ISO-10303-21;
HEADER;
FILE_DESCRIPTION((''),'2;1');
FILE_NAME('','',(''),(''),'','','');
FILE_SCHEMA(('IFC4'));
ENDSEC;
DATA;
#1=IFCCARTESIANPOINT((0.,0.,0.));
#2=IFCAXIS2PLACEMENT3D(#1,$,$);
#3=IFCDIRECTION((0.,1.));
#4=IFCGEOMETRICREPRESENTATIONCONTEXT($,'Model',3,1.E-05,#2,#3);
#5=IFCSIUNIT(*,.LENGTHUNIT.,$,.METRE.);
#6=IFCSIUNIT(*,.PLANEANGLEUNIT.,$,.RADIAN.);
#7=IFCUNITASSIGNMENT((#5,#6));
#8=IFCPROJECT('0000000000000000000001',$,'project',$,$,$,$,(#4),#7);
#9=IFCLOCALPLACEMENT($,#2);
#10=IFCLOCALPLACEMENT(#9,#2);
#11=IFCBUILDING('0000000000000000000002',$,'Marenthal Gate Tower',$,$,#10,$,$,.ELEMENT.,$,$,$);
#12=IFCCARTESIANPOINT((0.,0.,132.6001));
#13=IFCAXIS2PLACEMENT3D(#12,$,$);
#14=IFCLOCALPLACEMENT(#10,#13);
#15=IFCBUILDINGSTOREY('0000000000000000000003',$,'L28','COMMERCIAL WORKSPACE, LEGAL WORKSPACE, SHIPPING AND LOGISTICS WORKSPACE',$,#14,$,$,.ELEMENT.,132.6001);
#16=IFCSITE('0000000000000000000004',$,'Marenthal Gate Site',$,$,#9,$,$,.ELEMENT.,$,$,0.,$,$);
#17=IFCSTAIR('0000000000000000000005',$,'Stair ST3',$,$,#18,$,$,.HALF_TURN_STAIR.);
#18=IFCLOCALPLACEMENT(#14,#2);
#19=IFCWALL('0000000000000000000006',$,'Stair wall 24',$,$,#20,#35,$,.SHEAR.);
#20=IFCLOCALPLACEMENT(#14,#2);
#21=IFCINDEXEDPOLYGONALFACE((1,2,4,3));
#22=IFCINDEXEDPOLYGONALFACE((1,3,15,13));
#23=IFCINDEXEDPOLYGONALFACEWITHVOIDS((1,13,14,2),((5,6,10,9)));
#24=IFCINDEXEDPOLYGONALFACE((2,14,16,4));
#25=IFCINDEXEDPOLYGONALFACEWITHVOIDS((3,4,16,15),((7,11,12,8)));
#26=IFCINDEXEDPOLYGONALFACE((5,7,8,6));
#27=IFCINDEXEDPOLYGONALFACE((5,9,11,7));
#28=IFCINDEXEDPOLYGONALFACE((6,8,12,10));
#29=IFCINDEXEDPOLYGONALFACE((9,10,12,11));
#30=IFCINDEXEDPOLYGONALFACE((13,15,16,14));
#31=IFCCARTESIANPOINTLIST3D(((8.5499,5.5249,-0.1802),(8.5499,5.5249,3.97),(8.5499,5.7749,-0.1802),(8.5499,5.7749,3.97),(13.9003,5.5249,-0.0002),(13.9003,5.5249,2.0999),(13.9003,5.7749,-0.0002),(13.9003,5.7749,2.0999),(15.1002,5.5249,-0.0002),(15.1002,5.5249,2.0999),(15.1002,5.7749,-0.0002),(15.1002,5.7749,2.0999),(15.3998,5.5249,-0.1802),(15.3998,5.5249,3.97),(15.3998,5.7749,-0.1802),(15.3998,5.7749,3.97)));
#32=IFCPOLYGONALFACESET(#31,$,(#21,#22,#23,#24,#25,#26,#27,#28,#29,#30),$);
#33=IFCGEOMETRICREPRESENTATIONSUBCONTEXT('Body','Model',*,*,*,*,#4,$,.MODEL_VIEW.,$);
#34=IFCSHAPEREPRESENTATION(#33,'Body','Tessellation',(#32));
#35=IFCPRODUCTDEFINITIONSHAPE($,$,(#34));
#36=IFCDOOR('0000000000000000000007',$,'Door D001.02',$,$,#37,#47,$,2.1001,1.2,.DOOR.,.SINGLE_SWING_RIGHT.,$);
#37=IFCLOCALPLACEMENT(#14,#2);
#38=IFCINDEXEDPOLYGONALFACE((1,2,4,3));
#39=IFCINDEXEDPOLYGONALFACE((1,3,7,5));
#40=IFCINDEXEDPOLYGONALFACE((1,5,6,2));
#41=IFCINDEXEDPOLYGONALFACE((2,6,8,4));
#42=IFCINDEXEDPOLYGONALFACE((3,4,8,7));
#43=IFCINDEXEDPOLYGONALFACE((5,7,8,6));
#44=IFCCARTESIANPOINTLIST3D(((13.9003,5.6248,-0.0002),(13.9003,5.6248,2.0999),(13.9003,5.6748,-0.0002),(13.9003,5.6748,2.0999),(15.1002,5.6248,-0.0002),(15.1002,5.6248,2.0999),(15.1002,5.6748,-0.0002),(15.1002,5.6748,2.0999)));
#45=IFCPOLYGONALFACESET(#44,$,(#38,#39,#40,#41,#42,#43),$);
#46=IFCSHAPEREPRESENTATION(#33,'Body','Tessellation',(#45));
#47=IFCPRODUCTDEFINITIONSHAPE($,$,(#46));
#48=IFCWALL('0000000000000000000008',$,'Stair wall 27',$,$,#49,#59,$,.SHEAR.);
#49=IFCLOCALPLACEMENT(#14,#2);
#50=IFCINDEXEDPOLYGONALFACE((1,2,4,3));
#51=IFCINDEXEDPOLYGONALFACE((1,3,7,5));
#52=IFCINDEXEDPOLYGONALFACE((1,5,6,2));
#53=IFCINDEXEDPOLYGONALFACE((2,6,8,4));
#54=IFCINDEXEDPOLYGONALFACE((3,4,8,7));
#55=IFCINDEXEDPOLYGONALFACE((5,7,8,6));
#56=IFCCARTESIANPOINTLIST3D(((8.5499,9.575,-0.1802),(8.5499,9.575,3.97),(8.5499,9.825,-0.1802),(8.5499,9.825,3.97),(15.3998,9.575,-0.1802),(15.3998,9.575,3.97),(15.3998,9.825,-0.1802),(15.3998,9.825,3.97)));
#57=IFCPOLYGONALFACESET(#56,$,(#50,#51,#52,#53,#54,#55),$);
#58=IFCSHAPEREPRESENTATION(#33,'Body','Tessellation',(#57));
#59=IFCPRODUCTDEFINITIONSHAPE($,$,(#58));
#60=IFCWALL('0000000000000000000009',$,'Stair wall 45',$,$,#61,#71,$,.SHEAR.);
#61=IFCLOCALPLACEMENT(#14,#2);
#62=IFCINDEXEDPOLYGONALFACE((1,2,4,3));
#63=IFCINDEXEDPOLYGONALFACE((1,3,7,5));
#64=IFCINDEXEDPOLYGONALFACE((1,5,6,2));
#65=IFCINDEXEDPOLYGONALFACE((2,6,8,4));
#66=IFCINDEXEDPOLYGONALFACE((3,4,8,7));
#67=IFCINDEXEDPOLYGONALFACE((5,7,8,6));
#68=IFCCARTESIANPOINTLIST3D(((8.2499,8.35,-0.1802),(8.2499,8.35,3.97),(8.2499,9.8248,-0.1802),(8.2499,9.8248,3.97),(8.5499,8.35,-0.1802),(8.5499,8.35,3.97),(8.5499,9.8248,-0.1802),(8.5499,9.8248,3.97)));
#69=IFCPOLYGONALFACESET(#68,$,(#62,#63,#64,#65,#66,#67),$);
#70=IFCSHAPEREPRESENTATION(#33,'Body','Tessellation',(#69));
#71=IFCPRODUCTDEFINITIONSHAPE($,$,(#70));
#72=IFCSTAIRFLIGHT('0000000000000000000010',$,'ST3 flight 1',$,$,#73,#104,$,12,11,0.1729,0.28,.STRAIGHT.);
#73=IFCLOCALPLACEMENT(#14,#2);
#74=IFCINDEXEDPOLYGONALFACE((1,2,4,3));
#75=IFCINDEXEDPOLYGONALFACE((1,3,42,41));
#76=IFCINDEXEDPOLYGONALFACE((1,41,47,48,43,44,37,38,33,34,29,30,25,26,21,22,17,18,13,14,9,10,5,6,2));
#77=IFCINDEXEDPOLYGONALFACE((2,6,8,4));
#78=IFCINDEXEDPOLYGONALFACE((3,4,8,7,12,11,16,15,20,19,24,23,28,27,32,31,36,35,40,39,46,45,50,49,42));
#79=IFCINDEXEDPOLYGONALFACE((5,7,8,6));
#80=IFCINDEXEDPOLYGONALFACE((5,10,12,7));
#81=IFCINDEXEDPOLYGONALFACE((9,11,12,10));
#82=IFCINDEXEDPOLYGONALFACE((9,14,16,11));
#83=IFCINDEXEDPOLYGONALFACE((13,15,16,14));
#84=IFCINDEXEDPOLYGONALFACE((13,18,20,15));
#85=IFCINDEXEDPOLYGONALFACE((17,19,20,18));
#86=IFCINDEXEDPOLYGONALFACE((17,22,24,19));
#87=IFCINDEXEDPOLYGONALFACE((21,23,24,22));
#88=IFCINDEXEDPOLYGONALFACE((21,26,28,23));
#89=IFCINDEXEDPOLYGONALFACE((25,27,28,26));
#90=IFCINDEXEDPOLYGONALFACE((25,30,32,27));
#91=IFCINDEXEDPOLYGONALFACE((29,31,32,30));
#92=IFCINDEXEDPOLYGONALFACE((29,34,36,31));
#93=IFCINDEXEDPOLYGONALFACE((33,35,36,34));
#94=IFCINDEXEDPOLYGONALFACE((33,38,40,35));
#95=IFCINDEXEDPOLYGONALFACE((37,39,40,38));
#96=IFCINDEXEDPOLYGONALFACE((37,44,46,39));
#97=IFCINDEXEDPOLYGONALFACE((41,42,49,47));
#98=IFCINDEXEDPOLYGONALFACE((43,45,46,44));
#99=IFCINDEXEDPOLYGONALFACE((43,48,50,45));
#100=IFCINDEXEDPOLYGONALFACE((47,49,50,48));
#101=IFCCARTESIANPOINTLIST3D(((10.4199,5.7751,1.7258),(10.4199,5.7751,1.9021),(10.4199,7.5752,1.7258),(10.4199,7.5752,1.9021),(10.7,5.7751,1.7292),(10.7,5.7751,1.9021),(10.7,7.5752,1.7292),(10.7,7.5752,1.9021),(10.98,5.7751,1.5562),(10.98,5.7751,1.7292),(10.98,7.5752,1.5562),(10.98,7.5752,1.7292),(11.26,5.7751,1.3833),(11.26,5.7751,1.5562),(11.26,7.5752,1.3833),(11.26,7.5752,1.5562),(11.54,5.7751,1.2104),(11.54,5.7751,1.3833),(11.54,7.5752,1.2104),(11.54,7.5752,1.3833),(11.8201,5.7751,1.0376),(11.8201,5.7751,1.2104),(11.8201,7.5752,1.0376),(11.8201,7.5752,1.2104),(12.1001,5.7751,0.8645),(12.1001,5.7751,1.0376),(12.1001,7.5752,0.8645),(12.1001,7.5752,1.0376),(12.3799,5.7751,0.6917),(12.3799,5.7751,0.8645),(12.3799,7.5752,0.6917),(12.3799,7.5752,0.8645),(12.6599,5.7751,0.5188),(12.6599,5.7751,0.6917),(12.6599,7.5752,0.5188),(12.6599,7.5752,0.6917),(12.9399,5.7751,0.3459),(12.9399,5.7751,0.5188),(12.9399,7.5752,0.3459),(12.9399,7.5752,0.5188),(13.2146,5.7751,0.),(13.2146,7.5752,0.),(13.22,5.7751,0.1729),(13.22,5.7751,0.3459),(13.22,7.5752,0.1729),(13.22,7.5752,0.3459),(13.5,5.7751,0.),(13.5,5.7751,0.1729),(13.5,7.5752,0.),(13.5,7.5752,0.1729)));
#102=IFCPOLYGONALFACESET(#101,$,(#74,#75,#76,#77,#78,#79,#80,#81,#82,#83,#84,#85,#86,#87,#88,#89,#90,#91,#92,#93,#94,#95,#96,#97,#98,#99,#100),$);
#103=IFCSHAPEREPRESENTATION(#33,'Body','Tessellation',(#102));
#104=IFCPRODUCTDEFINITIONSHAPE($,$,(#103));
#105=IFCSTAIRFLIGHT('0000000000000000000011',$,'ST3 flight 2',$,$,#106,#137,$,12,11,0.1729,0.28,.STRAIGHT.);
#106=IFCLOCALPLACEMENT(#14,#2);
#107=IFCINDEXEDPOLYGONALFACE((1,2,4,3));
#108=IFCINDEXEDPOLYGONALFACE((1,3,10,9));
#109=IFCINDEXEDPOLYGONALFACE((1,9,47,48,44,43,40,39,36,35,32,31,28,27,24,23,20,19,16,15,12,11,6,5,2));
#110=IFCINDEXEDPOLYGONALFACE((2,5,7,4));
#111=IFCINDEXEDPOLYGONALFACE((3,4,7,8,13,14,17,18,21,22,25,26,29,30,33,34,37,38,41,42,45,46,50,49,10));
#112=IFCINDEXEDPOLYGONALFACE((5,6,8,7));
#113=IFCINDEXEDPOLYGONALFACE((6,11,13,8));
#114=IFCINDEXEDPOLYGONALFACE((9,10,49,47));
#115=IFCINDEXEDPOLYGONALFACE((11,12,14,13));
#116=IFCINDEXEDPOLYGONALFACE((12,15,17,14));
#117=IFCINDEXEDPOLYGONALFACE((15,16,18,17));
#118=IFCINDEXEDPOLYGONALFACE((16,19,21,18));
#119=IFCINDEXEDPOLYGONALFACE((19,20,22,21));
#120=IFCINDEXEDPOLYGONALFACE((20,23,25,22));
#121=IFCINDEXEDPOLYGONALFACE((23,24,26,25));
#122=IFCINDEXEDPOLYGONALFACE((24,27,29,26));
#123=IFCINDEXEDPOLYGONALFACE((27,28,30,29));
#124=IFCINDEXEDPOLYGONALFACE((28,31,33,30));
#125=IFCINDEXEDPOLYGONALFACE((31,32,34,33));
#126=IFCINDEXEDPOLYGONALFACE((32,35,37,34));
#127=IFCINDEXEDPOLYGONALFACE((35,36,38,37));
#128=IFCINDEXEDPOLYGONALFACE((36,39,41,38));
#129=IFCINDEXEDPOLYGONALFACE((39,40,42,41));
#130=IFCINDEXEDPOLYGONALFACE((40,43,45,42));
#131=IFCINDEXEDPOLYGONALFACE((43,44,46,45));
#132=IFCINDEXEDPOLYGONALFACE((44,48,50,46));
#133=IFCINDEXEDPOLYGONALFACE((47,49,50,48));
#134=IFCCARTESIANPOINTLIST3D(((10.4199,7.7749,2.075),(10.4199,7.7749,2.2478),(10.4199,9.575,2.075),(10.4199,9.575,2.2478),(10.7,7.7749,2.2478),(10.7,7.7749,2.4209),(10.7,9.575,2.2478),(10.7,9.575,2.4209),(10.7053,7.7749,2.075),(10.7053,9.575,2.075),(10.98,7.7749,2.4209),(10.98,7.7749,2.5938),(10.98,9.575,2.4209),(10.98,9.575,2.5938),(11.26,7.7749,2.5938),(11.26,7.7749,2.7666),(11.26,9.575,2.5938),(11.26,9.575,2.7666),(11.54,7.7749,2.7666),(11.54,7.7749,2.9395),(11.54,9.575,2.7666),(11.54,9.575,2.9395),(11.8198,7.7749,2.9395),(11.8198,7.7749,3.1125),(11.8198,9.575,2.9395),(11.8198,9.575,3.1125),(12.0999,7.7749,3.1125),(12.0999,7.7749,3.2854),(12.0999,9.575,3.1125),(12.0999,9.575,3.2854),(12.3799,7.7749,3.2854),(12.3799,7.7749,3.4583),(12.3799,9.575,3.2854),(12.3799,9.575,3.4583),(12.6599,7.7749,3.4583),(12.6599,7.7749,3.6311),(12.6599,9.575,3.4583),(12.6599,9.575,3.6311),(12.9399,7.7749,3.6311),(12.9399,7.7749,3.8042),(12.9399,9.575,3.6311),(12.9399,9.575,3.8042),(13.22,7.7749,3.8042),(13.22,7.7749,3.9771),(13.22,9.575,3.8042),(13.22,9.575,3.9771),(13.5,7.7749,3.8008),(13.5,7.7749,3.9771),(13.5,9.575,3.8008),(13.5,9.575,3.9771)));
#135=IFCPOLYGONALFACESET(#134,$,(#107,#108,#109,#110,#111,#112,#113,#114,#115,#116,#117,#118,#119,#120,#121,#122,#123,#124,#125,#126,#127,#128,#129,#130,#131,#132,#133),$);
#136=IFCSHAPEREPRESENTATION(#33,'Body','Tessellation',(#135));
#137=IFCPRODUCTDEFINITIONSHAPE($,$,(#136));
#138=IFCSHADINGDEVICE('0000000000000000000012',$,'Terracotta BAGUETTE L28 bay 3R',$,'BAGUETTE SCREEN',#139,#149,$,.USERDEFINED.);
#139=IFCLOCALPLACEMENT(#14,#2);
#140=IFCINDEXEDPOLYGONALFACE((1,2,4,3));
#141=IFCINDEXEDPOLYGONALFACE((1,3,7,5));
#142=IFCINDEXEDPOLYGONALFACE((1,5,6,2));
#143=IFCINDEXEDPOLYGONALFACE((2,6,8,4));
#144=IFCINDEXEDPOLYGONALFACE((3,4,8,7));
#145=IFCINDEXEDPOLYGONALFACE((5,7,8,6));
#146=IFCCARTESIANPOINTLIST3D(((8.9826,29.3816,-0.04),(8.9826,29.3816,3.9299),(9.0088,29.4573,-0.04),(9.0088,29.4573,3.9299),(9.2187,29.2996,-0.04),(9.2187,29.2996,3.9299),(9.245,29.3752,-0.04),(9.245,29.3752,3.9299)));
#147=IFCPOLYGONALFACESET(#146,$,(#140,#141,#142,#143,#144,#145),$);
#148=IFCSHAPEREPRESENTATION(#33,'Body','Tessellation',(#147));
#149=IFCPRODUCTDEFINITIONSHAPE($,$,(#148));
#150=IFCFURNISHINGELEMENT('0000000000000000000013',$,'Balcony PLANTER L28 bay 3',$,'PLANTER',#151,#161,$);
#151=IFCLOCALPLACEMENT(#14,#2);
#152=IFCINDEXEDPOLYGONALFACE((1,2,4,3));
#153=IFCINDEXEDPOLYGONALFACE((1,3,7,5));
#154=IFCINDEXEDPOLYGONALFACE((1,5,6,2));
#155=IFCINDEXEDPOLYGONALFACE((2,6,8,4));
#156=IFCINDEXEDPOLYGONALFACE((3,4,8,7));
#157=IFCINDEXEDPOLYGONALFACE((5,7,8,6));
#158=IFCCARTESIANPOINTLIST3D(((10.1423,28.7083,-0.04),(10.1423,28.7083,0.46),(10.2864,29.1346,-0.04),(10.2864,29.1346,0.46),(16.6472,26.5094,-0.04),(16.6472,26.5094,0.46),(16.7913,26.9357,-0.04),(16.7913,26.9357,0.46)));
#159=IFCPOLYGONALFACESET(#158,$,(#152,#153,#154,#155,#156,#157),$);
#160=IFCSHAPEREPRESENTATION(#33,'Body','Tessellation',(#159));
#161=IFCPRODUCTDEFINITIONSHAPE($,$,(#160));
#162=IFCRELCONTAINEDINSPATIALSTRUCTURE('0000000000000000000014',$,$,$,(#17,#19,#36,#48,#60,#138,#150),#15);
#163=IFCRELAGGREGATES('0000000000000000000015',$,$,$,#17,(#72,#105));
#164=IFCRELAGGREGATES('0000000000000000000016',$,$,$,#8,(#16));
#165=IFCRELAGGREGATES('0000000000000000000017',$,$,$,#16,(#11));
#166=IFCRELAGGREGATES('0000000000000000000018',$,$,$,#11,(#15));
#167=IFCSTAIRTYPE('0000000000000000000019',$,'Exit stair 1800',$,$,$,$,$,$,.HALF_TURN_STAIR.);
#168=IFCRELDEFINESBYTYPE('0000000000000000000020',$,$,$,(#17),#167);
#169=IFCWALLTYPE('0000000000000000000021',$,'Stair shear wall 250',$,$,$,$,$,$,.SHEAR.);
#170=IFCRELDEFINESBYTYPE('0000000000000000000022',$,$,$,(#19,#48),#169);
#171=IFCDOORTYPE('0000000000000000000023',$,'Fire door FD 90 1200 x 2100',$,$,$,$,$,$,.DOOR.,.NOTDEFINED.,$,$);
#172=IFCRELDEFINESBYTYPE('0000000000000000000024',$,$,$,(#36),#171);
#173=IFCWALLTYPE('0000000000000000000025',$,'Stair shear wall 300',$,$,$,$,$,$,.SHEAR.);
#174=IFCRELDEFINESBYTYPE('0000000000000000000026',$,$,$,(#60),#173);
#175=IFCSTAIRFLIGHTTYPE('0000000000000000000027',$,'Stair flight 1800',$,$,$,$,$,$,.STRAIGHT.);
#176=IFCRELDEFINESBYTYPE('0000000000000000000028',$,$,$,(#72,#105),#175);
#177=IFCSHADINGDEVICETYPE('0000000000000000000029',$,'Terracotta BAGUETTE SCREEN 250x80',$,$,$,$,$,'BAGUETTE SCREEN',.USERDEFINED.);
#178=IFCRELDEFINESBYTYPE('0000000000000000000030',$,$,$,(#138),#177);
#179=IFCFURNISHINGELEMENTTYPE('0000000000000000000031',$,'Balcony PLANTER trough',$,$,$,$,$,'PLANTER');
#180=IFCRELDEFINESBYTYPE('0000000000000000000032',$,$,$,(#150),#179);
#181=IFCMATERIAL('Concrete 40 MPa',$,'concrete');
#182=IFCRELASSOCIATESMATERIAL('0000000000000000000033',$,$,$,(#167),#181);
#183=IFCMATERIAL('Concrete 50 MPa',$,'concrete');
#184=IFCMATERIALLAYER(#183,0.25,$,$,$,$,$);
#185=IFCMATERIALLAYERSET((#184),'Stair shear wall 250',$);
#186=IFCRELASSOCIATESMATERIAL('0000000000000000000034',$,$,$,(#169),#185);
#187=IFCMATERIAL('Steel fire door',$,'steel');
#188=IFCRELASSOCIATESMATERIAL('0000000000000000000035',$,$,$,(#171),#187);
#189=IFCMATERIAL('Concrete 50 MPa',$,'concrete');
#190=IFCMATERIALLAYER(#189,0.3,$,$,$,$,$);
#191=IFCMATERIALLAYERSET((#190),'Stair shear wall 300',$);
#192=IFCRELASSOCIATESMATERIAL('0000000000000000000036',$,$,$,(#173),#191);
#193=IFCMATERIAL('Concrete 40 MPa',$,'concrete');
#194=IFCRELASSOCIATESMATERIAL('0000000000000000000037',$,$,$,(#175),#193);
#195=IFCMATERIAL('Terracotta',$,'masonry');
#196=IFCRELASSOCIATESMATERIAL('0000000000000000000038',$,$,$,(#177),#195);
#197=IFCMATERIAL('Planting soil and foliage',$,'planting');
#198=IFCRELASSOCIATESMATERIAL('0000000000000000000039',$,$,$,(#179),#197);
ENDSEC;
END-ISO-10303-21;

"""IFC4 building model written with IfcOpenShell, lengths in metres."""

from ifc_helpers import new_model, si_unit, direction, frame, frame_2d, origin, origin_2d, place, context, subcontext, project, spatial, polyline, rectangle, outline, extrude, material, layer, layer_set, material_profile, profile_set, type_object, element, fill, aggregate, save


model = new_model("IFC4")

# Units and contexts
model_context = context("Model", 3, precision=1e-05, world=origin(), true_north=direction((0.0, 1.0)))
body_context = subcontext(model_context, "Body", "Model", "MODEL_VIEW")
ifc_project = project(units=[si_unit("LENGTHUNIT", "METRE"), si_unit("PLANEANGLEUNIT", "RADIAN")], contexts=[model_context])

# Site, building, storey
site_placement = place(None, origin())
site = spatial("IfcSite", under=ifc_project, at=site_placement, Name="Marenthal Gate Site", CompositionType="ELEMENT", RefElevation=0.0)
building_placement = place(site_placement, origin())
building = spatial("IfcBuilding", under=site, at=building_placement, Name="Marenthal Gate Tower", CompositionType="ELEMENT")
storey_placement = place(building_placement, frame((0.0, 0.0, 132.6001)))
storey = spatial("IfcBuildingStorey", under=building, at=storey_placement, Name="L28", Description="COMMERCIAL WORKSPACE, LEGAL WORKSPACE, SHIPPING AND LOGISTICS WORKSPACE", CompositionType="ELEMENT", Elevation=132.6001)

# Stair
ifc_material_1 = material(Name="Concrete 40 MPa", Category="concrete")
stair_type = type_object("IfcStairType", Name="Exit stair 1800", PredefinedType="HALF_TURN_STAIR", material=ifc_material_1)
stair_1_placement = place(storey_placement, origin())
stair_1 = element("IfcStair", 1, at=stair_1_placement, inside=storey, type_object=stair_type, Name="Stair ST3", PredefinedType="HALF_TURN_STAIR")

# Wall, opening, door
ifc_material_2 = material(Name="Concrete 50 MPa", Category="concrete")
ifc_layer_1 = layer(ifc_material_2, 0.25)
ifc_layer_set_1 = layer_set([ifc_layer_1], Name="Stair shear wall 250")
wall_type_1 = type_object("IfcWallType", Name="Stair shear wall 250", PredefinedType="SHEAR", material=ifc_layer_set_1)
wall_1_placement = place(storey_placement, frame((8.55, 5.6499, -0.1802), z_axis=(0.0, 0.0, 1.0), x_axis=(1.0, 0.0, 0.0)))
wall_1 = element("IfcWall", 2, at=wall_1_placement, inside=storey, type_object=wall_type_1, Name="Stair wall 24", PredefinedType="SHEAR", context=body_context, shape_type="SweptSolid", body=[
    extrude(rectangle(XDim=6.8499, YDim=0.25, at=frame_2d((3.4248, 0.0))), origin(), (0.0, 0.0, 1.0), 4.1501),
])
opening_1_placement = place(wall_1_placement, frame((5.3501, 0.0, 0.1799)))
opening_1 = element("IfcOpeningElement", 3, at=opening_1_placement, cuts=wall_1, PredefinedType="OPENING", context=body_context, shape_type="SweptSolid", body=[
    extrude(rectangle(XDim=1.2, YDim=2.1001, at=frame_2d((0.6001, 1.05))), frame((0.0, 0.135, 0.0), z_axis=(0.0, -1.0, 0.0), x_axis=(1.0, 0.0, 0.0)), (0.0, 0.0, 1.0), 0.27),
])
ifc_material_3 = material(Name="Steel fire door", Category="steel")
door_type_1 = type_object("IfcDoorType", Name="Fire door FD 90 1200 x 2100", OperationType="NOTDEFINED", PredefinedType="DOOR", material=ifc_material_3)
door_1_placement = place(opening_1_placement, origin())
door_1 = element("IfcDoor", 4, at=door_1_placement, inside=storey, type_object=door_type_1, Name="Door D001.02", OperationType="SINGLE_SWING_RIGHT", OverallHeight=2.1001, OverallWidth=1.2, PredefinedType="DOOR", context=body_context, shape_type="SweptSolid", body=[
    extrude(rectangle(XDim=1.2, YDim=2.1001, at=frame_2d((0.6001, 1.05))), frame((0.0, 0.0249, 0.0), z_axis=(0.0, -1.0, 0.0), x_axis=(1.0, 0.0, 0.0)), (0.0, 0.0, 1.0), 0.05),
])
fill(opening_1, door_1)

# Walls
wall_2_placement = place(storey_placement, frame((8.55, 9.7, -0.1802), z_axis=(0.0, 0.0, 1.0), x_axis=(1.0, 0.0, 0.0)))
element("IfcWall", 5, at=wall_2_placement, inside=storey, type_object=wall_type_1, Name="Stair wall 27", PredefinedType="SHEAR", context=body_context, shape_type="SweptSolid", body=[
    extrude(rectangle(XDim=6.8499, YDim=0.25, at=frame_2d((3.4248, 0.0))), origin(), (0.0, 0.0, 1.0), 4.1501),
])
ifc_material_4 = material(Name="Concrete 50 MPa", Category="concrete")
ifc_layer_2 = layer(ifc_material_4, 0.3)
ifc_layer_set_2 = layer_set([ifc_layer_2], Name="Stair shear wall 300")
wall_type_2 = type_object("IfcWallType", Name="Stair shear wall 300", PredefinedType="SHEAR", material=ifc_layer_set_2)
wall_3_placement = place(storey_placement, frame((8.3999, 8.3501, -0.1802), z_axis=(0.0, 0.0, 1.0), x_axis=(0.0, 1.0, 0.0)))
element("IfcWall", 6, at=wall_3_placement, inside=storey, type_object=wall_type_2, Name="Stair wall 45", PredefinedType="SHEAR", context=body_context, shape_type="SweptSolid", body=[
    extrude(rectangle(XDim=1.4749, YDim=0.3, at=frame_2d((0.7373, 0.0))), origin(), (0.0, 0.0, 1.0), 4.1501),
])

# Stair flights
ifc_material_5 = material(Name="Concrete 40 MPa", Category="concrete")
stair_flight_type = type_object("IfcStairFlightType", Name="Stair flight 1800", PredefinedType="STRAIGHT", material=ifc_material_5)
stair_flight_1_placement = place(storey_placement, frame((13.5, 6.675, 0.0), z_axis=(0.0, 0.0, 1.0), x_axis=(-1.0, 0.0, 0.0)))
stair_flight_1 = element("IfcStairFlight", 7, at=stair_flight_1_placement, type_object=stair_flight_type, Name="ST3 flight 1", NumberOfRisers=12, NumberOfTreads=11, PredefinedType="STRAIGHT", RiserHeight=0.1729, TreadLength=0.28, context=body_context, shape_type="SweptSolid", body=[
    extrude(outline(polyline([(0.0, 0.0), (0.0, 0.1729), (0.28, 0.1729), (0.28, 0.3459), (0.5601, 0.3459), (0.5601, 0.5188), (0.8401, 0.5188), (0.8401, 0.6917), (1.1201, 0.6917), (1.1201, 0.8645), (1.3999, 0.8645), (1.3999, 1.0376), (1.6799, 1.0376), (1.6799, 1.2104), (1.96, 1.2104), (1.96, 1.3833), (2.24, 1.3833), (2.24, 1.5562), (2.52, 1.5562), (2.52, 1.7292), (2.8, 1.7292), (2.8, 1.9021), (3.0801, 1.9021), (3.0801, 2.075), (3.0801, 1.7258), (0.2854, 0.0), (0.0, 0.0)])), frame((0.0, 0.8999, 0.0), z_axis=(0.0, -1.0, 0.0), x_axis=(1.0, 0.0, 0.0)), (0.0, 0.0, 1.0), 1.8),
])
stair_flight_2_placement = place(storey_placement, frame((10.4199, 8.675, 2.075), z_axis=(0.0, 0.0, 1.0), x_axis=(1.0, 0.0, 0.0)))
stair_flight_2 = element("IfcStairFlight", 8, at=stair_flight_2_placement, type_object=stair_flight_type, Name="ST3 flight 2", NumberOfRisers=12, NumberOfTreads=11, PredefinedType="STRAIGHT", RiserHeight=0.1729, TreadLength=0.28, context=body_context, shape_type="SweptSolid", body=[
    extrude(outline(polyline([(0.0, 0.0), (0.0, 0.1729), (0.28, 0.1729), (0.28, 0.3459), (0.5601, 0.3459), (0.5601, 0.5188), (0.8401, 0.5188), (0.8401, 0.6917), (1.1201, 0.6917), (1.1201, 0.8645), (1.3999, 0.8645), (1.3999, 1.0376), (1.6799, 1.0376), (1.6799, 1.2104), (1.96, 1.2104), (1.96, 1.3833), (2.24, 1.3833), (2.24, 1.5562), (2.52, 1.5562), (2.52, 1.7292), (2.8, 1.7292), (2.8, 1.9021), (3.0801, 1.9021), (3.0801, 2.075), (3.0801, 1.7258), (0.2854, 0.0), (0.0, 0.0)])), frame((0.0, 0.8999, 0.0), z_axis=(0.0, -1.0, 0.0), x_axis=(1.0, 0.0, 0.0)), (0.0, 0.0, 1.0), 1.8),
])
aggregate(stair_1, [stair_flight_1, stair_flight_2])

# Shading device
ifc_material_6 = material(Name="Terracotta", Category="masonry")
ifc_material_profile_1 = material_profile(ifc_material_6, rectangle(XDim=0.25, YDim=0.0801, at=origin_2d()), Name="Terracotta baguette 250x80")
ifc_profile_set_1 = profile_set([ifc_material_profile_1], Name="Terracotta")
shading_device_type = type_object("IfcShadingDeviceType", Name="Terracotta BAGUETTE SCREEN 250x80", ElementType="BAGUETTE SCREEN", PredefinedType="USERDEFINED", material=ifc_profile_set_1)
shading_device_placement = place(storey_placement, frame((9.1138, 29.3784, -0.04), z_axis=(0.0, 0.0, 1.0), x_axis=(-0.944552, 0.328363, 0.0)))
element("IfcShadingDevice", 9, at=shading_device_placement, inside=storey, type_object=shading_device_type, Name="Terracotta BAGUETTE L28 bay 3R", ObjectType="BAGUETTE SCREEN", PredefinedType="USERDEFINED", context=body_context, shape_type="SweptSolid", body=[
    extrude(rectangle(XDim=0.25, YDim=0.0801, at=origin_2d()), origin(), (0.0, 0.0, 1.0), 3.97),
])

# Furnishing element
ifc_material_7 = material(Name="Planting soil and foliage", Category="planting")
furnishing_element_type = type_object("IfcFurnishingElementType", Name="Balcony PLANTER trough", ElementType="PLANTER", material=ifc_material_7)
furnishing_placement = place(storey_placement, frame((13.4668, 27.822, -0.04), z_axis=(0.0, 0.0, 1.0), x_axis=(-0.947338, 0.320236, 0.0)))
element("IfcFurnishingElement", 10, at=furnishing_placement, inside=storey, type_object=furnishing_element_type, Name="Balcony PLANTER L28 bay 3", ObjectType="PLANTER", context=body_context, shape_type="SweptSolid", body=[
    extrude(rectangle(XDim=6.8665, YDim=0.45, at=origin_2d()), origin(), (0.0, 0.0, 1.0), 0.5),
])

save(model, "model.ifc")
